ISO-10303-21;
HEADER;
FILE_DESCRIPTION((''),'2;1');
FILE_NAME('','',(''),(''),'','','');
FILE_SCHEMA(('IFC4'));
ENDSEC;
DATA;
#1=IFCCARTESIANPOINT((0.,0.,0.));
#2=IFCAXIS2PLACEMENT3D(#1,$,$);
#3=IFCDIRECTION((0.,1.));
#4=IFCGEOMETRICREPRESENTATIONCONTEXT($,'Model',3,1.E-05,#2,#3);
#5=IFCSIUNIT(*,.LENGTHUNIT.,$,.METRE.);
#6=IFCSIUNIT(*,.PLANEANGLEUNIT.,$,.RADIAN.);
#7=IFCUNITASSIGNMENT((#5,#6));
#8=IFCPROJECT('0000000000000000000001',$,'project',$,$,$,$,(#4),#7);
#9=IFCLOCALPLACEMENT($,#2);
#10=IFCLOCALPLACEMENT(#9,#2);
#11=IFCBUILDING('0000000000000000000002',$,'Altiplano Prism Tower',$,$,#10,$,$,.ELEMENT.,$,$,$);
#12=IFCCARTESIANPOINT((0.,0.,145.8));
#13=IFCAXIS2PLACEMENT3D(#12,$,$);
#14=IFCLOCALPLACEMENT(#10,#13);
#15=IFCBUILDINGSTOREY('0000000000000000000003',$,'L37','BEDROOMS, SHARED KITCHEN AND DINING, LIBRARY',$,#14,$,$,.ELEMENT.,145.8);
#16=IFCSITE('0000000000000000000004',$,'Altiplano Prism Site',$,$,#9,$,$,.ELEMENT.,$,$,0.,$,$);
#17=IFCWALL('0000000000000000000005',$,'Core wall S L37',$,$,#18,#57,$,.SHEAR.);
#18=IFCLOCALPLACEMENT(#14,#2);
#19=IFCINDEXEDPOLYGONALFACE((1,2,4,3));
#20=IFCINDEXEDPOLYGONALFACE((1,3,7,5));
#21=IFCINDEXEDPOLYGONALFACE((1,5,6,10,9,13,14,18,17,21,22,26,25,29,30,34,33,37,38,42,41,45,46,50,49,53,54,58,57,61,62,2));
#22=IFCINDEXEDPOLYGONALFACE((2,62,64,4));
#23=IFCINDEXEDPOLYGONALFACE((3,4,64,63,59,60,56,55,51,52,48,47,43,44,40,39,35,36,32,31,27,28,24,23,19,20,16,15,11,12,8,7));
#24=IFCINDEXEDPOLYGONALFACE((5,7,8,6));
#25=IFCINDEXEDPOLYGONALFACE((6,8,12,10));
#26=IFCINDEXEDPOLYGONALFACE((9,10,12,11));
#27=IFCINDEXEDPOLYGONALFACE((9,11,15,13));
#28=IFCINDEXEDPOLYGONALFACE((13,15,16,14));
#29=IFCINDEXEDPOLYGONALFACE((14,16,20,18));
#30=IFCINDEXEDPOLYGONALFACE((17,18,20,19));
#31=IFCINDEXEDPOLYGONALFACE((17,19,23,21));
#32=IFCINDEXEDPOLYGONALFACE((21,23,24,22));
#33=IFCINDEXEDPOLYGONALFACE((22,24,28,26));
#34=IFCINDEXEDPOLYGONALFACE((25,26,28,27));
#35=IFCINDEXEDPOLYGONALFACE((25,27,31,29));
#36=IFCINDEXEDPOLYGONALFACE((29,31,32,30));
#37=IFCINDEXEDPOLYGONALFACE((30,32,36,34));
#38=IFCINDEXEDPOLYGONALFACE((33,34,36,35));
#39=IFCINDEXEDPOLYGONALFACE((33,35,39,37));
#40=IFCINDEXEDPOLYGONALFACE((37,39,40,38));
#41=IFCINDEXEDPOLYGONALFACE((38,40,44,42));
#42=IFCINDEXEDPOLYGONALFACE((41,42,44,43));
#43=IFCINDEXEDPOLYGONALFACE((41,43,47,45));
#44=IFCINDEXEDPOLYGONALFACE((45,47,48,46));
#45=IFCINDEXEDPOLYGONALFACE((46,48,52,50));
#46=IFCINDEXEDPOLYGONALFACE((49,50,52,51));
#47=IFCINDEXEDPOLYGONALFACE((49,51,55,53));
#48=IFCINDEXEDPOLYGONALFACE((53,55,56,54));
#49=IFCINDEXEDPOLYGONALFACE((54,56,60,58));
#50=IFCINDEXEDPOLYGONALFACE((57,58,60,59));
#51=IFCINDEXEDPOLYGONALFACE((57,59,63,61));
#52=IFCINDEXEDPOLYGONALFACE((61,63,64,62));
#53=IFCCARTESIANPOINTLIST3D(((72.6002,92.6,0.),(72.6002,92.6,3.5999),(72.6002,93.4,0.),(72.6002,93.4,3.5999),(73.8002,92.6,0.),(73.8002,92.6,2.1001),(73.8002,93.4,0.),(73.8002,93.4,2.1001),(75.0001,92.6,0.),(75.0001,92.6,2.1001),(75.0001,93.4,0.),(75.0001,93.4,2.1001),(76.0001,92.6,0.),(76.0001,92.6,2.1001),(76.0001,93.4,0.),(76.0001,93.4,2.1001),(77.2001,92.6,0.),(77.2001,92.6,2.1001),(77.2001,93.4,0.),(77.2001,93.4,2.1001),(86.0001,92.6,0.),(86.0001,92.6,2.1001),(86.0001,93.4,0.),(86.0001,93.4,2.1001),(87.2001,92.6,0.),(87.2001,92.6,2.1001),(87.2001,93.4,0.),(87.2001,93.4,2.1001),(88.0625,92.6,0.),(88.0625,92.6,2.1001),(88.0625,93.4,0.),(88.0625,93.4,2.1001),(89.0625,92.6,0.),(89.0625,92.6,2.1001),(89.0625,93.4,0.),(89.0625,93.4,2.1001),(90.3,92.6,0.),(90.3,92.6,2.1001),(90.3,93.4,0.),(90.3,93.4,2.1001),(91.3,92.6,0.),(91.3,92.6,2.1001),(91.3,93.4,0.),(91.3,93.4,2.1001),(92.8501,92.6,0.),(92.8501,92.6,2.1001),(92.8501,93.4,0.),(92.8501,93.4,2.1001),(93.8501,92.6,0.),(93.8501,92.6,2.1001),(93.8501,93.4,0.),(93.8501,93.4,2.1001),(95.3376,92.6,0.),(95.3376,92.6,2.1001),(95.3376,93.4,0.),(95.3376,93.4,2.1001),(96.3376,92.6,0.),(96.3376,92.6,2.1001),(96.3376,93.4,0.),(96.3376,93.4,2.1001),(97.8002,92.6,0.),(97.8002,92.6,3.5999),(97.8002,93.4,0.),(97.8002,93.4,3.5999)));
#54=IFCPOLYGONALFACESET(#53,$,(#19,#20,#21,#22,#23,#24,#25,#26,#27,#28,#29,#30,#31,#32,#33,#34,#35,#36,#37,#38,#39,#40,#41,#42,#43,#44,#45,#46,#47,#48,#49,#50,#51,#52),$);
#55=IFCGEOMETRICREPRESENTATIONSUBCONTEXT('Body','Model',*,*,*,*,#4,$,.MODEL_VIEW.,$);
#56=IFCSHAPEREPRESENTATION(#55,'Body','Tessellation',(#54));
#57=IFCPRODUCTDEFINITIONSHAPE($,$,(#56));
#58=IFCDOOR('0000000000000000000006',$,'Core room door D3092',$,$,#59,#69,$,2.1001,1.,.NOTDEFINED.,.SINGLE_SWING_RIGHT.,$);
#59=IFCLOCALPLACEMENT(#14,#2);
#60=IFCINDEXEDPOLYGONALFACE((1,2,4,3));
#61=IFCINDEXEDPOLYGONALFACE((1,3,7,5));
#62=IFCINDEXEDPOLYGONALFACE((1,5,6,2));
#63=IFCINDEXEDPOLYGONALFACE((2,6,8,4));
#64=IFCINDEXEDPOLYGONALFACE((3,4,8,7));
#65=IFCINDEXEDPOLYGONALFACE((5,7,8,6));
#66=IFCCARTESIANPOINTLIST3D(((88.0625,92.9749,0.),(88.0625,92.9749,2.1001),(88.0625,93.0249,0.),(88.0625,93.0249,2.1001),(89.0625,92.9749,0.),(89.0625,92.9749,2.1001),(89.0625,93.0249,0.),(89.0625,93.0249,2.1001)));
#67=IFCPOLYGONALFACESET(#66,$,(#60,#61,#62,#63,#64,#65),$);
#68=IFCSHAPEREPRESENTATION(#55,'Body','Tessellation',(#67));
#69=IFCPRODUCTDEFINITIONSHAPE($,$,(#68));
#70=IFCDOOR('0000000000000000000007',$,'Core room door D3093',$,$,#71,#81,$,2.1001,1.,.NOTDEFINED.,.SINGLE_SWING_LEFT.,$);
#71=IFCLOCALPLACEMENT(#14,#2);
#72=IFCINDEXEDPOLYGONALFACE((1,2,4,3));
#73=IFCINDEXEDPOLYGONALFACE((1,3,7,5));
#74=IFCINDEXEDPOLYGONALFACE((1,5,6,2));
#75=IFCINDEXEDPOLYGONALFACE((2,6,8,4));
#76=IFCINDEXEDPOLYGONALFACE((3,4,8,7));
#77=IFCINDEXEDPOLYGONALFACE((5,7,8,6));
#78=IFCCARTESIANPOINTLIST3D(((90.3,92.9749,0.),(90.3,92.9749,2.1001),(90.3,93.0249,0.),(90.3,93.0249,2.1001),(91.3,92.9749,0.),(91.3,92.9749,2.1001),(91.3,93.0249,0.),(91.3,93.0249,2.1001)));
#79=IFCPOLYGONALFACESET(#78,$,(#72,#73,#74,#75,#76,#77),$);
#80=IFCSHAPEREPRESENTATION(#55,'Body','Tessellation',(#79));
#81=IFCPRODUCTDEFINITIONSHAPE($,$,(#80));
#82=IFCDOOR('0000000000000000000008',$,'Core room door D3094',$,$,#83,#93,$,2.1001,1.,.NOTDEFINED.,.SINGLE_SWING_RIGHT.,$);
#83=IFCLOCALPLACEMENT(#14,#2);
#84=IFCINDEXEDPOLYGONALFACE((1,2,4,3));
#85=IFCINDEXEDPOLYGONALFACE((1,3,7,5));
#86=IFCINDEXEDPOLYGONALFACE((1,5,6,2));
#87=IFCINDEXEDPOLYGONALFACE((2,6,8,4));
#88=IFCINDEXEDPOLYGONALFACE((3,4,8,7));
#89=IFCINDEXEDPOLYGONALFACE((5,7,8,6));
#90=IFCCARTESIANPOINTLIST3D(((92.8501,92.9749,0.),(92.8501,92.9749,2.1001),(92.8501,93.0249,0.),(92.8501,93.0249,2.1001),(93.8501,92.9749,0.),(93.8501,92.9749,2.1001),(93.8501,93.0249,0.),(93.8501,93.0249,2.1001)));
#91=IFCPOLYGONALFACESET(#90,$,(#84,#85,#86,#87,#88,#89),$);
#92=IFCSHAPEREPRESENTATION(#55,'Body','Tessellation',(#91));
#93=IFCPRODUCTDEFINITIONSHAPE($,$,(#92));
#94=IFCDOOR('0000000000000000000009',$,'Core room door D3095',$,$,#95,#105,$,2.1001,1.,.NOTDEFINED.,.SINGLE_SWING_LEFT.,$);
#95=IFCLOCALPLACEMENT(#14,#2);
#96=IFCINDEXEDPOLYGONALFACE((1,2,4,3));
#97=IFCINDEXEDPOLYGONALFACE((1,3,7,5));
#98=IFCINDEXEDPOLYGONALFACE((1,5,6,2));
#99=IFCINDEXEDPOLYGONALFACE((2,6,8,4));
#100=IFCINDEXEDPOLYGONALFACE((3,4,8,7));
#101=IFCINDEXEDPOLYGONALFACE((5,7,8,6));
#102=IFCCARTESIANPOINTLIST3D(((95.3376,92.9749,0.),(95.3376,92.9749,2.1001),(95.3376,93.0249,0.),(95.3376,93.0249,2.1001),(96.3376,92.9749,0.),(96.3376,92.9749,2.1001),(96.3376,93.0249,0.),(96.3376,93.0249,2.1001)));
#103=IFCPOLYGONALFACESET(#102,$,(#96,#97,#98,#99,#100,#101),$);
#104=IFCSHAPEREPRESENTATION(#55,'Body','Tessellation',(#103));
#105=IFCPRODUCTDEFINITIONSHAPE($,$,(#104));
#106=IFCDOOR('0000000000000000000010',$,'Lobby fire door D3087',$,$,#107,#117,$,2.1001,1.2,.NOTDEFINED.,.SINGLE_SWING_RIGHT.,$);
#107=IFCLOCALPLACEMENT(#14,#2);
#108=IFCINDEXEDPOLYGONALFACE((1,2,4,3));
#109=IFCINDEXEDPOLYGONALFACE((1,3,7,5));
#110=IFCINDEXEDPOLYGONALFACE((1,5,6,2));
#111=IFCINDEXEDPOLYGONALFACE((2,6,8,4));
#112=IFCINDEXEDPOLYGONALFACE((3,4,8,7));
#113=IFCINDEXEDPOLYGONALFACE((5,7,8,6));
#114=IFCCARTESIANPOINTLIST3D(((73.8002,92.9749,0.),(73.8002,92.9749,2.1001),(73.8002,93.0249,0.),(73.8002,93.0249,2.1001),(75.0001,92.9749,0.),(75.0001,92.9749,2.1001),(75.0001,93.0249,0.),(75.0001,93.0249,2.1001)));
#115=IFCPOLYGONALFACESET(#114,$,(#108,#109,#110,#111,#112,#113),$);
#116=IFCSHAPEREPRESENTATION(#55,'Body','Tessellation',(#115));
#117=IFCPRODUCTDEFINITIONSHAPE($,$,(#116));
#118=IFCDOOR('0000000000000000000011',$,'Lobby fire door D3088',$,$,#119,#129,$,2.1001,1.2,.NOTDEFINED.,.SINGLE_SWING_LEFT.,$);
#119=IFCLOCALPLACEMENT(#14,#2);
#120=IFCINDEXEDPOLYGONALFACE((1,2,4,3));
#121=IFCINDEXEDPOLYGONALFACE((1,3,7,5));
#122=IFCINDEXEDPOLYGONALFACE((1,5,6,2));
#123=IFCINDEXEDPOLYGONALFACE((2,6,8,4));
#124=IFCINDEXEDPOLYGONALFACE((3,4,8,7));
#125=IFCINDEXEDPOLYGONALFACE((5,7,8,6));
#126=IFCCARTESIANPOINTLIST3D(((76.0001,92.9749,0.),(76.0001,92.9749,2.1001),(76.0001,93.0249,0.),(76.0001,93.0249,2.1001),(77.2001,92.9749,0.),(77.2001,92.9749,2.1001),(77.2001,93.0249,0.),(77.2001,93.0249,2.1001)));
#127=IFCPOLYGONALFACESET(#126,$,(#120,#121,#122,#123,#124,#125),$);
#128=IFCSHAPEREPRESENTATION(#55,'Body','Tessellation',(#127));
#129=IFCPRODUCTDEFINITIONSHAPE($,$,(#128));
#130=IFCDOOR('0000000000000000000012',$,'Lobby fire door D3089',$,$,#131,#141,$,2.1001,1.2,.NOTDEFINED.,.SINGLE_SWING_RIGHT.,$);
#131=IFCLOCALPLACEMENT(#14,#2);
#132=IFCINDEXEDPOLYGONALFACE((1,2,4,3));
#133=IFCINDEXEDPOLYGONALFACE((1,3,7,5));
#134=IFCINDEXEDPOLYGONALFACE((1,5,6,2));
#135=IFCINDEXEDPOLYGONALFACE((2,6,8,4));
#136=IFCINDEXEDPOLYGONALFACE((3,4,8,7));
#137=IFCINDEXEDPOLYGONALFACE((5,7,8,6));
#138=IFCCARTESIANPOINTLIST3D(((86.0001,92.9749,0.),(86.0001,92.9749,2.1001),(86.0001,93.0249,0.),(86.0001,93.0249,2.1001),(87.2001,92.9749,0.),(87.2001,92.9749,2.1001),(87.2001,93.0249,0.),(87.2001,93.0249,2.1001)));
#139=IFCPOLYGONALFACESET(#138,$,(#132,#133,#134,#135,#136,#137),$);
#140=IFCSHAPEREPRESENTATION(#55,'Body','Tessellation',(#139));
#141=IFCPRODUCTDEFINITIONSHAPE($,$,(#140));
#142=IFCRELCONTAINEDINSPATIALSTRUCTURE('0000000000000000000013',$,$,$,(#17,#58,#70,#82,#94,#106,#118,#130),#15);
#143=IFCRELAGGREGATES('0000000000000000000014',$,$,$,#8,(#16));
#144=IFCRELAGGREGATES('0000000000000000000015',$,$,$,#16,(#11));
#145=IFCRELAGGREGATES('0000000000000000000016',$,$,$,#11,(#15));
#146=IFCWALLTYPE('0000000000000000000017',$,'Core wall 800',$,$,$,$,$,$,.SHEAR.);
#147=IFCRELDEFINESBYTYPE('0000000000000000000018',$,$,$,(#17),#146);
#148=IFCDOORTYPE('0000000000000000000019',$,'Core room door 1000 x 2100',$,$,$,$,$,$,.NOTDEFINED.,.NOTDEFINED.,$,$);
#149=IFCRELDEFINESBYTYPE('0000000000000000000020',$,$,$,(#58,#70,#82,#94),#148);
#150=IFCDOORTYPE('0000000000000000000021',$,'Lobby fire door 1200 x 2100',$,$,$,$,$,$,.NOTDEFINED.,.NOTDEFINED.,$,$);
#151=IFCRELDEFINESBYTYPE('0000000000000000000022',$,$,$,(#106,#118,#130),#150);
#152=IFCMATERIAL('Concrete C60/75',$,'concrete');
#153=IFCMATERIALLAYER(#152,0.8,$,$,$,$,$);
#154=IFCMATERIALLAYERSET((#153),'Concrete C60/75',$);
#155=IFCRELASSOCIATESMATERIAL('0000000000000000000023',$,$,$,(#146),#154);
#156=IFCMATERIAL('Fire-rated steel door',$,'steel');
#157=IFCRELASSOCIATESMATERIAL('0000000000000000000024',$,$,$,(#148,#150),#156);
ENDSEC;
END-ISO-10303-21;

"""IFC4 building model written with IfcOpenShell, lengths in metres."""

from ifc_helpers import new_model, si_unit, direction, frame, frame_2d, origin, place, context, subcontext, project, spatial, rectangle, extrude, material, layer, layer_set, type_object, element, fill, save


model = new_model("IFC4")

# Units and contexts
model_context = context("Model", 3, precision=1e-05, world=origin(), true_north=direction((0.0, 1.0)))
body_context = subcontext(model_context, "Body", "Model", "MODEL_VIEW")
ifc_project = project(units=[si_unit("LENGTHUNIT", "METRE"), si_unit("PLANEANGLEUNIT", "RADIAN")], contexts=[model_context])

# Site, building, storey
site_placement = place(None, origin())
site = spatial("IfcSite", under=ifc_project, at=site_placement, Name="Altiplano Prism Site", CompositionType="ELEMENT", RefElevation=0.0)
building_placement = place(site_placement, origin())
building = spatial("IfcBuilding", under=site, at=building_placement, Name="Altiplano Prism Tower", CompositionType="ELEMENT")
storey_placement = place(building_placement, frame((0.0, 0.0, 145.8)))
storey = spatial("IfcBuildingStorey", under=building, at=storey_placement, Name="L37", Description="BEDROOMS, SHARED KITCHEN AND DINING, LIBRARY", CompositionType="ELEMENT", Elevation=145.8)

# Wall, openings, doors
ifc_material_1 = material(Name="Concrete C60/75", Category="concrete")
ifc_layer_1 = layer(ifc_material_1, 0.8)
ifc_layer_set_1 = layer_set([ifc_layer_1], Name="Concrete C60/75")
wall_type_1 = type_object("IfcWallType", Name="Core wall 800", PredefinedType="SHEAR", material=ifc_layer_set_1)
wall_1_placement = place(storey_placement, frame((72.6001, 93.0, 0.0), z_axis=(0.0, 0.0, 1.0), x_axis=(1.0, 0.0, 0.0)))
wall_1 = element("IfcWall", 1, at=wall_1_placement, inside=storey, type_object=wall_type_1, Name="Core wall S L37", PredefinedType="SHEAR", context=body_context, shape_type="SweptSolid", body=[
    extrude(rectangle(XDim=25.2, YDim=0.8, at=frame_2d((12.6001, 0.0))), origin(), (0.0, 0.0, 1.0), 3.5999),
])
opening_1_placement = place(wall_1_placement, frame((1.2, 0.0, 0.0)))
opening_1 = element("IfcOpeningElement", 2, at=opening_1_placement, cuts=wall_1, PredefinedType="OPENING", context=body_context, shape_type="SweptSolid", body=[
    extrude(rectangle(XDim=1.2, YDim=2.1001, at=frame_2d((0.6001, 1.05))), frame((0.0, 0.4106, 0.0), z_axis=(0.0, -1.0, 0.0), x_axis=(1.0, 0.0, 0.0)), (0.0, 0.0, 1.0), 0.821),
])
opening_2_placement = place(wall_1_placement, frame((3.3999, 0.0, 0.0)))
opening_2 = element("IfcOpeningElement", 3, at=opening_2_placement, cuts=wall_1, PredefinedType="OPENING", context=body_context, shape_type="SweptSolid", body=[
    extrude(rectangle(XDim=1.2, YDim=2.1001, at=frame_2d((0.6001, 1.05))), frame((0.0, 0.4106, 0.0), z_axis=(0.0, -1.0, 0.0), x_axis=(1.0, 0.0, 0.0)), (0.0, 0.0, 1.0), 0.821),
])
opening_3_placement = place(wall_1_placement, frame((13.3999, 0.0, 0.0)))
opening_3 = element("IfcOpeningElement", 4, at=opening_3_placement, cuts=wall_1, PredefinedType="OPENING", context=body_context, shape_type="SweptSolid", body=[
    extrude(rectangle(XDim=1.2, YDim=2.1001, at=frame_2d((0.6001, 1.05))), frame((0.0, 0.4106, 0.0), z_axis=(0.0, -1.0, 0.0), x_axis=(1.0, 0.0, 0.0)), (0.0, 0.0, 1.0), 0.821),
])
opening_4_placement = place(wall_1_placement, frame((15.4624, 0.0, 0.0)))
opening_4 = element("IfcOpeningElement", 5, at=opening_4_placement, cuts=wall_1, PredefinedType="OPENING", context=body_context, shape_type="SweptSolid", body=[
    extrude(rectangle(XDim=1.0, YDim=2.1001, at=frame_2d((0.5, 1.05))), frame((0.0, 0.4106, 0.0), z_axis=(0.0, -1.0, 0.0), x_axis=(1.0, 0.0, 0.0)), (0.0, 0.0, 1.0), 0.821),
])
opening_5_placement = place(wall_1_placement, frame((17.7, 0.0, 0.0)))
opening_5 = element("IfcOpeningElement", 6, at=opening_5_placement, cuts=wall_1, PredefinedType="OPENING", context=body_context, shape_type="SweptSolid", body=[
    extrude(rectangle(XDim=1.0, YDim=2.1001, at=frame_2d((0.5, 1.05))), frame((0.0, 0.4106, 0.0), z_axis=(0.0, -1.0, 0.0), x_axis=(1.0, 0.0, 0.0)), (0.0, 0.0, 1.0), 0.821),
])
opening_6_placement = place(wall_1_placement, frame((20.25, 0.0, 0.0)))
opening_6 = element("IfcOpeningElement", 7, at=opening_6_placement, cuts=wall_1, PredefinedType="OPENING", context=body_context, shape_type="SweptSolid", body=[
    extrude(rectangle(XDim=1.0, YDim=2.1001, at=frame_2d((0.5, 1.05))), frame((0.0, 0.4106, 0.0), z_axis=(0.0, -1.0, 0.0), x_axis=(1.0, 0.0, 0.0)), (0.0, 0.0, 1.0), 0.821),
])
opening_7_placement = place(wall_1_placement, frame((22.7375, 0.0, 0.0)))
opening_7 = element("IfcOpeningElement", 8, at=opening_7_placement, cuts=wall_1, PredefinedType="OPENING", context=body_context, shape_type="SweptSolid", body=[
    extrude(rectangle(XDim=1.0, YDim=2.1001, at=frame_2d((0.5, 1.05))), frame((0.0, 0.4106, 0.0), z_axis=(0.0, -1.0, 0.0), x_axis=(1.0, 0.0, 0.0)), (0.0, 0.0, 1.0), 0.821),
])
ifc_material_2 = material(Name="Fire-rated steel door", Category="steel")
door_type_1 = type_object("IfcDoorType", Name="Core room door 1000 x 2100", OperationType="NOTDEFINED", PredefinedType="NOTDEFINED", material=ifc_material_2)
door_1_placement = place(opening_4_placement, origin())
door_1 = element("IfcDoor", 9, at=door_1_placement, inside=storey, type_object=door_type_1, Name="Core room door D3092", OperationType="SINGLE_SWING_RIGHT", OverallHeight=2.1001, OverallWidth=1.0, PredefinedType="NOTDEFINED", context=body_context, shape_type="SweptSolid", body=[
    extrude(rectangle(XDim=1.0, YDim=2.1001, at=frame_2d((0.5, 1.05))), frame((0.0, 0.0249, 0.0), z_axis=(0.0, -1.0, 0.0), x_axis=(1.0, 0.0, 0.0)), (0.0, 0.0, 1.0), 0.05),
])
fill(opening_4, door_1)
door_2_placement = place(opening_5_placement, origin())
door_2 = element("IfcDoor", 10, at=door_2_placement, inside=storey, type_object=door_type_1, Name="Core room door D3093", OperationType="SINGLE_SWING_LEFT", OverallHeight=2.1001, OverallWidth=1.0, PredefinedType="NOTDEFINED", context=body_context, shape_type="SweptSolid", body=[
    extrude(rectangle(XDim=1.0, YDim=2.1001, at=frame_2d((0.5, 1.05))), frame((0.0, 0.0249, 0.0), z_axis=(0.0, -1.0, 0.0), x_axis=(1.0, 0.0, 0.0)), (0.0, 0.0, 1.0), 0.05),
])
fill(opening_5, door_2)
door_3_placement = place(opening_6_placement, origin())
door_3 = element("IfcDoor", 11, at=door_3_placement, inside=storey, type_object=door_type_1, Name="Core room door D3094", OperationType="SINGLE_SWING_RIGHT", OverallHeight=2.1001, OverallWidth=1.0, PredefinedType="NOTDEFINED", context=body_context, shape_type="SweptSolid", body=[
    extrude(rectangle(XDim=1.0, YDim=2.1001, at=frame_2d((0.5, 1.05))), frame((0.0, 0.0249, 0.0), z_axis=(0.0, -1.0, 0.0), x_axis=(1.0, 0.0, 0.0)), (0.0, 0.0, 1.0), 0.05),
])
fill(opening_6, door_3)
door_4_placement = place(opening_7_placement, origin())
door_4 = element("IfcDoor", 12, at=door_4_placement, inside=storey, type_object=door_type_1, Name="Core room door D3095", OperationType="SINGLE_SWING_LEFT", OverallHeight=2.1001, OverallWidth=1.0, PredefinedType="NOTDEFINED", context=body_context, shape_type="SweptSolid", body=[
    extrude(rectangle(XDim=1.0, YDim=2.1001, at=frame_2d((0.5, 1.05))), frame((0.0, 0.0249, 0.0), z_axis=(0.0, -1.0, 0.0), x_axis=(1.0, 0.0, 0.0)), (0.0, 0.0, 1.0), 0.05),
])
fill(opening_7, door_4)
door_type_2 = type_object("IfcDoorType", Name="Lobby fire door 1200 x 2100", OperationType="NOTDEFINED", PredefinedType="NOTDEFINED", material=ifc_material_2)
door_5_placement = place(opening_1_placement, origin())
door_5 = element("IfcDoor", 13, at=door_5_placement, inside=storey, type_object=door_type_2, Name="Lobby fire door D3087", OperationType="SINGLE_SWING_RIGHT", OverallHeight=2.1001, OverallWidth=1.2, PredefinedType="NOTDEFINED", context=body_context, shape_type="SweptSolid", body=[
    extrude(rectangle(XDim=1.2, YDim=2.1001, at=frame_2d((0.6001, 1.05))), frame((0.0, 0.0249, 0.0), z_axis=(0.0, -1.0, 0.0), x_axis=(1.0, 0.0, 0.0)), (0.0, 0.0, 1.0), 0.05),
])
fill(opening_1, door_5)
door_6_placement = place(opening_2_placement, origin())
door_6 = element("IfcDoor", 14, at=door_6_placement, inside=storey, type_object=door_type_2, Name="Lobby fire door D3088", OperationType="SINGLE_SWING_LEFT", OverallHeight=2.1001, OverallWidth=1.2, PredefinedType="NOTDEFINED", context=body_context, shape_type="SweptSolid", body=[
    extrude(rectangle(XDim=1.2, YDim=2.1001, at=frame_2d((0.6001, 1.05))), frame((0.0, 0.0249, 0.0), z_axis=(0.0, -1.0, 0.0), x_axis=(1.0, 0.0, 0.0)), (0.0, 0.0, 1.0), 0.05),
])
fill(opening_2, door_6)
door_7_placement = place(opening_3_placement, origin())
door_7 = element("IfcDoor", 15, at=door_7_placement, inside=storey, type_object=door_type_2, Name="Lobby fire door D3089", OperationType="SINGLE_SWING_RIGHT", OverallHeight=2.1001, OverallWidth=1.2, PredefinedType="NOTDEFINED", context=body_context, shape_type="SweptSolid", body=[
    extrude(rectangle(XDim=1.2, YDim=2.1001, at=frame_2d((0.6001, 1.05))), frame((0.0, 0.0249, 0.0), z_axis=(0.0, -1.0, 0.0), x_axis=(1.0, 0.0, 0.0)), (0.0, 0.0, 1.0), 0.05),
])
fill(opening_3, door_7)

save(model, "model.ifc")
